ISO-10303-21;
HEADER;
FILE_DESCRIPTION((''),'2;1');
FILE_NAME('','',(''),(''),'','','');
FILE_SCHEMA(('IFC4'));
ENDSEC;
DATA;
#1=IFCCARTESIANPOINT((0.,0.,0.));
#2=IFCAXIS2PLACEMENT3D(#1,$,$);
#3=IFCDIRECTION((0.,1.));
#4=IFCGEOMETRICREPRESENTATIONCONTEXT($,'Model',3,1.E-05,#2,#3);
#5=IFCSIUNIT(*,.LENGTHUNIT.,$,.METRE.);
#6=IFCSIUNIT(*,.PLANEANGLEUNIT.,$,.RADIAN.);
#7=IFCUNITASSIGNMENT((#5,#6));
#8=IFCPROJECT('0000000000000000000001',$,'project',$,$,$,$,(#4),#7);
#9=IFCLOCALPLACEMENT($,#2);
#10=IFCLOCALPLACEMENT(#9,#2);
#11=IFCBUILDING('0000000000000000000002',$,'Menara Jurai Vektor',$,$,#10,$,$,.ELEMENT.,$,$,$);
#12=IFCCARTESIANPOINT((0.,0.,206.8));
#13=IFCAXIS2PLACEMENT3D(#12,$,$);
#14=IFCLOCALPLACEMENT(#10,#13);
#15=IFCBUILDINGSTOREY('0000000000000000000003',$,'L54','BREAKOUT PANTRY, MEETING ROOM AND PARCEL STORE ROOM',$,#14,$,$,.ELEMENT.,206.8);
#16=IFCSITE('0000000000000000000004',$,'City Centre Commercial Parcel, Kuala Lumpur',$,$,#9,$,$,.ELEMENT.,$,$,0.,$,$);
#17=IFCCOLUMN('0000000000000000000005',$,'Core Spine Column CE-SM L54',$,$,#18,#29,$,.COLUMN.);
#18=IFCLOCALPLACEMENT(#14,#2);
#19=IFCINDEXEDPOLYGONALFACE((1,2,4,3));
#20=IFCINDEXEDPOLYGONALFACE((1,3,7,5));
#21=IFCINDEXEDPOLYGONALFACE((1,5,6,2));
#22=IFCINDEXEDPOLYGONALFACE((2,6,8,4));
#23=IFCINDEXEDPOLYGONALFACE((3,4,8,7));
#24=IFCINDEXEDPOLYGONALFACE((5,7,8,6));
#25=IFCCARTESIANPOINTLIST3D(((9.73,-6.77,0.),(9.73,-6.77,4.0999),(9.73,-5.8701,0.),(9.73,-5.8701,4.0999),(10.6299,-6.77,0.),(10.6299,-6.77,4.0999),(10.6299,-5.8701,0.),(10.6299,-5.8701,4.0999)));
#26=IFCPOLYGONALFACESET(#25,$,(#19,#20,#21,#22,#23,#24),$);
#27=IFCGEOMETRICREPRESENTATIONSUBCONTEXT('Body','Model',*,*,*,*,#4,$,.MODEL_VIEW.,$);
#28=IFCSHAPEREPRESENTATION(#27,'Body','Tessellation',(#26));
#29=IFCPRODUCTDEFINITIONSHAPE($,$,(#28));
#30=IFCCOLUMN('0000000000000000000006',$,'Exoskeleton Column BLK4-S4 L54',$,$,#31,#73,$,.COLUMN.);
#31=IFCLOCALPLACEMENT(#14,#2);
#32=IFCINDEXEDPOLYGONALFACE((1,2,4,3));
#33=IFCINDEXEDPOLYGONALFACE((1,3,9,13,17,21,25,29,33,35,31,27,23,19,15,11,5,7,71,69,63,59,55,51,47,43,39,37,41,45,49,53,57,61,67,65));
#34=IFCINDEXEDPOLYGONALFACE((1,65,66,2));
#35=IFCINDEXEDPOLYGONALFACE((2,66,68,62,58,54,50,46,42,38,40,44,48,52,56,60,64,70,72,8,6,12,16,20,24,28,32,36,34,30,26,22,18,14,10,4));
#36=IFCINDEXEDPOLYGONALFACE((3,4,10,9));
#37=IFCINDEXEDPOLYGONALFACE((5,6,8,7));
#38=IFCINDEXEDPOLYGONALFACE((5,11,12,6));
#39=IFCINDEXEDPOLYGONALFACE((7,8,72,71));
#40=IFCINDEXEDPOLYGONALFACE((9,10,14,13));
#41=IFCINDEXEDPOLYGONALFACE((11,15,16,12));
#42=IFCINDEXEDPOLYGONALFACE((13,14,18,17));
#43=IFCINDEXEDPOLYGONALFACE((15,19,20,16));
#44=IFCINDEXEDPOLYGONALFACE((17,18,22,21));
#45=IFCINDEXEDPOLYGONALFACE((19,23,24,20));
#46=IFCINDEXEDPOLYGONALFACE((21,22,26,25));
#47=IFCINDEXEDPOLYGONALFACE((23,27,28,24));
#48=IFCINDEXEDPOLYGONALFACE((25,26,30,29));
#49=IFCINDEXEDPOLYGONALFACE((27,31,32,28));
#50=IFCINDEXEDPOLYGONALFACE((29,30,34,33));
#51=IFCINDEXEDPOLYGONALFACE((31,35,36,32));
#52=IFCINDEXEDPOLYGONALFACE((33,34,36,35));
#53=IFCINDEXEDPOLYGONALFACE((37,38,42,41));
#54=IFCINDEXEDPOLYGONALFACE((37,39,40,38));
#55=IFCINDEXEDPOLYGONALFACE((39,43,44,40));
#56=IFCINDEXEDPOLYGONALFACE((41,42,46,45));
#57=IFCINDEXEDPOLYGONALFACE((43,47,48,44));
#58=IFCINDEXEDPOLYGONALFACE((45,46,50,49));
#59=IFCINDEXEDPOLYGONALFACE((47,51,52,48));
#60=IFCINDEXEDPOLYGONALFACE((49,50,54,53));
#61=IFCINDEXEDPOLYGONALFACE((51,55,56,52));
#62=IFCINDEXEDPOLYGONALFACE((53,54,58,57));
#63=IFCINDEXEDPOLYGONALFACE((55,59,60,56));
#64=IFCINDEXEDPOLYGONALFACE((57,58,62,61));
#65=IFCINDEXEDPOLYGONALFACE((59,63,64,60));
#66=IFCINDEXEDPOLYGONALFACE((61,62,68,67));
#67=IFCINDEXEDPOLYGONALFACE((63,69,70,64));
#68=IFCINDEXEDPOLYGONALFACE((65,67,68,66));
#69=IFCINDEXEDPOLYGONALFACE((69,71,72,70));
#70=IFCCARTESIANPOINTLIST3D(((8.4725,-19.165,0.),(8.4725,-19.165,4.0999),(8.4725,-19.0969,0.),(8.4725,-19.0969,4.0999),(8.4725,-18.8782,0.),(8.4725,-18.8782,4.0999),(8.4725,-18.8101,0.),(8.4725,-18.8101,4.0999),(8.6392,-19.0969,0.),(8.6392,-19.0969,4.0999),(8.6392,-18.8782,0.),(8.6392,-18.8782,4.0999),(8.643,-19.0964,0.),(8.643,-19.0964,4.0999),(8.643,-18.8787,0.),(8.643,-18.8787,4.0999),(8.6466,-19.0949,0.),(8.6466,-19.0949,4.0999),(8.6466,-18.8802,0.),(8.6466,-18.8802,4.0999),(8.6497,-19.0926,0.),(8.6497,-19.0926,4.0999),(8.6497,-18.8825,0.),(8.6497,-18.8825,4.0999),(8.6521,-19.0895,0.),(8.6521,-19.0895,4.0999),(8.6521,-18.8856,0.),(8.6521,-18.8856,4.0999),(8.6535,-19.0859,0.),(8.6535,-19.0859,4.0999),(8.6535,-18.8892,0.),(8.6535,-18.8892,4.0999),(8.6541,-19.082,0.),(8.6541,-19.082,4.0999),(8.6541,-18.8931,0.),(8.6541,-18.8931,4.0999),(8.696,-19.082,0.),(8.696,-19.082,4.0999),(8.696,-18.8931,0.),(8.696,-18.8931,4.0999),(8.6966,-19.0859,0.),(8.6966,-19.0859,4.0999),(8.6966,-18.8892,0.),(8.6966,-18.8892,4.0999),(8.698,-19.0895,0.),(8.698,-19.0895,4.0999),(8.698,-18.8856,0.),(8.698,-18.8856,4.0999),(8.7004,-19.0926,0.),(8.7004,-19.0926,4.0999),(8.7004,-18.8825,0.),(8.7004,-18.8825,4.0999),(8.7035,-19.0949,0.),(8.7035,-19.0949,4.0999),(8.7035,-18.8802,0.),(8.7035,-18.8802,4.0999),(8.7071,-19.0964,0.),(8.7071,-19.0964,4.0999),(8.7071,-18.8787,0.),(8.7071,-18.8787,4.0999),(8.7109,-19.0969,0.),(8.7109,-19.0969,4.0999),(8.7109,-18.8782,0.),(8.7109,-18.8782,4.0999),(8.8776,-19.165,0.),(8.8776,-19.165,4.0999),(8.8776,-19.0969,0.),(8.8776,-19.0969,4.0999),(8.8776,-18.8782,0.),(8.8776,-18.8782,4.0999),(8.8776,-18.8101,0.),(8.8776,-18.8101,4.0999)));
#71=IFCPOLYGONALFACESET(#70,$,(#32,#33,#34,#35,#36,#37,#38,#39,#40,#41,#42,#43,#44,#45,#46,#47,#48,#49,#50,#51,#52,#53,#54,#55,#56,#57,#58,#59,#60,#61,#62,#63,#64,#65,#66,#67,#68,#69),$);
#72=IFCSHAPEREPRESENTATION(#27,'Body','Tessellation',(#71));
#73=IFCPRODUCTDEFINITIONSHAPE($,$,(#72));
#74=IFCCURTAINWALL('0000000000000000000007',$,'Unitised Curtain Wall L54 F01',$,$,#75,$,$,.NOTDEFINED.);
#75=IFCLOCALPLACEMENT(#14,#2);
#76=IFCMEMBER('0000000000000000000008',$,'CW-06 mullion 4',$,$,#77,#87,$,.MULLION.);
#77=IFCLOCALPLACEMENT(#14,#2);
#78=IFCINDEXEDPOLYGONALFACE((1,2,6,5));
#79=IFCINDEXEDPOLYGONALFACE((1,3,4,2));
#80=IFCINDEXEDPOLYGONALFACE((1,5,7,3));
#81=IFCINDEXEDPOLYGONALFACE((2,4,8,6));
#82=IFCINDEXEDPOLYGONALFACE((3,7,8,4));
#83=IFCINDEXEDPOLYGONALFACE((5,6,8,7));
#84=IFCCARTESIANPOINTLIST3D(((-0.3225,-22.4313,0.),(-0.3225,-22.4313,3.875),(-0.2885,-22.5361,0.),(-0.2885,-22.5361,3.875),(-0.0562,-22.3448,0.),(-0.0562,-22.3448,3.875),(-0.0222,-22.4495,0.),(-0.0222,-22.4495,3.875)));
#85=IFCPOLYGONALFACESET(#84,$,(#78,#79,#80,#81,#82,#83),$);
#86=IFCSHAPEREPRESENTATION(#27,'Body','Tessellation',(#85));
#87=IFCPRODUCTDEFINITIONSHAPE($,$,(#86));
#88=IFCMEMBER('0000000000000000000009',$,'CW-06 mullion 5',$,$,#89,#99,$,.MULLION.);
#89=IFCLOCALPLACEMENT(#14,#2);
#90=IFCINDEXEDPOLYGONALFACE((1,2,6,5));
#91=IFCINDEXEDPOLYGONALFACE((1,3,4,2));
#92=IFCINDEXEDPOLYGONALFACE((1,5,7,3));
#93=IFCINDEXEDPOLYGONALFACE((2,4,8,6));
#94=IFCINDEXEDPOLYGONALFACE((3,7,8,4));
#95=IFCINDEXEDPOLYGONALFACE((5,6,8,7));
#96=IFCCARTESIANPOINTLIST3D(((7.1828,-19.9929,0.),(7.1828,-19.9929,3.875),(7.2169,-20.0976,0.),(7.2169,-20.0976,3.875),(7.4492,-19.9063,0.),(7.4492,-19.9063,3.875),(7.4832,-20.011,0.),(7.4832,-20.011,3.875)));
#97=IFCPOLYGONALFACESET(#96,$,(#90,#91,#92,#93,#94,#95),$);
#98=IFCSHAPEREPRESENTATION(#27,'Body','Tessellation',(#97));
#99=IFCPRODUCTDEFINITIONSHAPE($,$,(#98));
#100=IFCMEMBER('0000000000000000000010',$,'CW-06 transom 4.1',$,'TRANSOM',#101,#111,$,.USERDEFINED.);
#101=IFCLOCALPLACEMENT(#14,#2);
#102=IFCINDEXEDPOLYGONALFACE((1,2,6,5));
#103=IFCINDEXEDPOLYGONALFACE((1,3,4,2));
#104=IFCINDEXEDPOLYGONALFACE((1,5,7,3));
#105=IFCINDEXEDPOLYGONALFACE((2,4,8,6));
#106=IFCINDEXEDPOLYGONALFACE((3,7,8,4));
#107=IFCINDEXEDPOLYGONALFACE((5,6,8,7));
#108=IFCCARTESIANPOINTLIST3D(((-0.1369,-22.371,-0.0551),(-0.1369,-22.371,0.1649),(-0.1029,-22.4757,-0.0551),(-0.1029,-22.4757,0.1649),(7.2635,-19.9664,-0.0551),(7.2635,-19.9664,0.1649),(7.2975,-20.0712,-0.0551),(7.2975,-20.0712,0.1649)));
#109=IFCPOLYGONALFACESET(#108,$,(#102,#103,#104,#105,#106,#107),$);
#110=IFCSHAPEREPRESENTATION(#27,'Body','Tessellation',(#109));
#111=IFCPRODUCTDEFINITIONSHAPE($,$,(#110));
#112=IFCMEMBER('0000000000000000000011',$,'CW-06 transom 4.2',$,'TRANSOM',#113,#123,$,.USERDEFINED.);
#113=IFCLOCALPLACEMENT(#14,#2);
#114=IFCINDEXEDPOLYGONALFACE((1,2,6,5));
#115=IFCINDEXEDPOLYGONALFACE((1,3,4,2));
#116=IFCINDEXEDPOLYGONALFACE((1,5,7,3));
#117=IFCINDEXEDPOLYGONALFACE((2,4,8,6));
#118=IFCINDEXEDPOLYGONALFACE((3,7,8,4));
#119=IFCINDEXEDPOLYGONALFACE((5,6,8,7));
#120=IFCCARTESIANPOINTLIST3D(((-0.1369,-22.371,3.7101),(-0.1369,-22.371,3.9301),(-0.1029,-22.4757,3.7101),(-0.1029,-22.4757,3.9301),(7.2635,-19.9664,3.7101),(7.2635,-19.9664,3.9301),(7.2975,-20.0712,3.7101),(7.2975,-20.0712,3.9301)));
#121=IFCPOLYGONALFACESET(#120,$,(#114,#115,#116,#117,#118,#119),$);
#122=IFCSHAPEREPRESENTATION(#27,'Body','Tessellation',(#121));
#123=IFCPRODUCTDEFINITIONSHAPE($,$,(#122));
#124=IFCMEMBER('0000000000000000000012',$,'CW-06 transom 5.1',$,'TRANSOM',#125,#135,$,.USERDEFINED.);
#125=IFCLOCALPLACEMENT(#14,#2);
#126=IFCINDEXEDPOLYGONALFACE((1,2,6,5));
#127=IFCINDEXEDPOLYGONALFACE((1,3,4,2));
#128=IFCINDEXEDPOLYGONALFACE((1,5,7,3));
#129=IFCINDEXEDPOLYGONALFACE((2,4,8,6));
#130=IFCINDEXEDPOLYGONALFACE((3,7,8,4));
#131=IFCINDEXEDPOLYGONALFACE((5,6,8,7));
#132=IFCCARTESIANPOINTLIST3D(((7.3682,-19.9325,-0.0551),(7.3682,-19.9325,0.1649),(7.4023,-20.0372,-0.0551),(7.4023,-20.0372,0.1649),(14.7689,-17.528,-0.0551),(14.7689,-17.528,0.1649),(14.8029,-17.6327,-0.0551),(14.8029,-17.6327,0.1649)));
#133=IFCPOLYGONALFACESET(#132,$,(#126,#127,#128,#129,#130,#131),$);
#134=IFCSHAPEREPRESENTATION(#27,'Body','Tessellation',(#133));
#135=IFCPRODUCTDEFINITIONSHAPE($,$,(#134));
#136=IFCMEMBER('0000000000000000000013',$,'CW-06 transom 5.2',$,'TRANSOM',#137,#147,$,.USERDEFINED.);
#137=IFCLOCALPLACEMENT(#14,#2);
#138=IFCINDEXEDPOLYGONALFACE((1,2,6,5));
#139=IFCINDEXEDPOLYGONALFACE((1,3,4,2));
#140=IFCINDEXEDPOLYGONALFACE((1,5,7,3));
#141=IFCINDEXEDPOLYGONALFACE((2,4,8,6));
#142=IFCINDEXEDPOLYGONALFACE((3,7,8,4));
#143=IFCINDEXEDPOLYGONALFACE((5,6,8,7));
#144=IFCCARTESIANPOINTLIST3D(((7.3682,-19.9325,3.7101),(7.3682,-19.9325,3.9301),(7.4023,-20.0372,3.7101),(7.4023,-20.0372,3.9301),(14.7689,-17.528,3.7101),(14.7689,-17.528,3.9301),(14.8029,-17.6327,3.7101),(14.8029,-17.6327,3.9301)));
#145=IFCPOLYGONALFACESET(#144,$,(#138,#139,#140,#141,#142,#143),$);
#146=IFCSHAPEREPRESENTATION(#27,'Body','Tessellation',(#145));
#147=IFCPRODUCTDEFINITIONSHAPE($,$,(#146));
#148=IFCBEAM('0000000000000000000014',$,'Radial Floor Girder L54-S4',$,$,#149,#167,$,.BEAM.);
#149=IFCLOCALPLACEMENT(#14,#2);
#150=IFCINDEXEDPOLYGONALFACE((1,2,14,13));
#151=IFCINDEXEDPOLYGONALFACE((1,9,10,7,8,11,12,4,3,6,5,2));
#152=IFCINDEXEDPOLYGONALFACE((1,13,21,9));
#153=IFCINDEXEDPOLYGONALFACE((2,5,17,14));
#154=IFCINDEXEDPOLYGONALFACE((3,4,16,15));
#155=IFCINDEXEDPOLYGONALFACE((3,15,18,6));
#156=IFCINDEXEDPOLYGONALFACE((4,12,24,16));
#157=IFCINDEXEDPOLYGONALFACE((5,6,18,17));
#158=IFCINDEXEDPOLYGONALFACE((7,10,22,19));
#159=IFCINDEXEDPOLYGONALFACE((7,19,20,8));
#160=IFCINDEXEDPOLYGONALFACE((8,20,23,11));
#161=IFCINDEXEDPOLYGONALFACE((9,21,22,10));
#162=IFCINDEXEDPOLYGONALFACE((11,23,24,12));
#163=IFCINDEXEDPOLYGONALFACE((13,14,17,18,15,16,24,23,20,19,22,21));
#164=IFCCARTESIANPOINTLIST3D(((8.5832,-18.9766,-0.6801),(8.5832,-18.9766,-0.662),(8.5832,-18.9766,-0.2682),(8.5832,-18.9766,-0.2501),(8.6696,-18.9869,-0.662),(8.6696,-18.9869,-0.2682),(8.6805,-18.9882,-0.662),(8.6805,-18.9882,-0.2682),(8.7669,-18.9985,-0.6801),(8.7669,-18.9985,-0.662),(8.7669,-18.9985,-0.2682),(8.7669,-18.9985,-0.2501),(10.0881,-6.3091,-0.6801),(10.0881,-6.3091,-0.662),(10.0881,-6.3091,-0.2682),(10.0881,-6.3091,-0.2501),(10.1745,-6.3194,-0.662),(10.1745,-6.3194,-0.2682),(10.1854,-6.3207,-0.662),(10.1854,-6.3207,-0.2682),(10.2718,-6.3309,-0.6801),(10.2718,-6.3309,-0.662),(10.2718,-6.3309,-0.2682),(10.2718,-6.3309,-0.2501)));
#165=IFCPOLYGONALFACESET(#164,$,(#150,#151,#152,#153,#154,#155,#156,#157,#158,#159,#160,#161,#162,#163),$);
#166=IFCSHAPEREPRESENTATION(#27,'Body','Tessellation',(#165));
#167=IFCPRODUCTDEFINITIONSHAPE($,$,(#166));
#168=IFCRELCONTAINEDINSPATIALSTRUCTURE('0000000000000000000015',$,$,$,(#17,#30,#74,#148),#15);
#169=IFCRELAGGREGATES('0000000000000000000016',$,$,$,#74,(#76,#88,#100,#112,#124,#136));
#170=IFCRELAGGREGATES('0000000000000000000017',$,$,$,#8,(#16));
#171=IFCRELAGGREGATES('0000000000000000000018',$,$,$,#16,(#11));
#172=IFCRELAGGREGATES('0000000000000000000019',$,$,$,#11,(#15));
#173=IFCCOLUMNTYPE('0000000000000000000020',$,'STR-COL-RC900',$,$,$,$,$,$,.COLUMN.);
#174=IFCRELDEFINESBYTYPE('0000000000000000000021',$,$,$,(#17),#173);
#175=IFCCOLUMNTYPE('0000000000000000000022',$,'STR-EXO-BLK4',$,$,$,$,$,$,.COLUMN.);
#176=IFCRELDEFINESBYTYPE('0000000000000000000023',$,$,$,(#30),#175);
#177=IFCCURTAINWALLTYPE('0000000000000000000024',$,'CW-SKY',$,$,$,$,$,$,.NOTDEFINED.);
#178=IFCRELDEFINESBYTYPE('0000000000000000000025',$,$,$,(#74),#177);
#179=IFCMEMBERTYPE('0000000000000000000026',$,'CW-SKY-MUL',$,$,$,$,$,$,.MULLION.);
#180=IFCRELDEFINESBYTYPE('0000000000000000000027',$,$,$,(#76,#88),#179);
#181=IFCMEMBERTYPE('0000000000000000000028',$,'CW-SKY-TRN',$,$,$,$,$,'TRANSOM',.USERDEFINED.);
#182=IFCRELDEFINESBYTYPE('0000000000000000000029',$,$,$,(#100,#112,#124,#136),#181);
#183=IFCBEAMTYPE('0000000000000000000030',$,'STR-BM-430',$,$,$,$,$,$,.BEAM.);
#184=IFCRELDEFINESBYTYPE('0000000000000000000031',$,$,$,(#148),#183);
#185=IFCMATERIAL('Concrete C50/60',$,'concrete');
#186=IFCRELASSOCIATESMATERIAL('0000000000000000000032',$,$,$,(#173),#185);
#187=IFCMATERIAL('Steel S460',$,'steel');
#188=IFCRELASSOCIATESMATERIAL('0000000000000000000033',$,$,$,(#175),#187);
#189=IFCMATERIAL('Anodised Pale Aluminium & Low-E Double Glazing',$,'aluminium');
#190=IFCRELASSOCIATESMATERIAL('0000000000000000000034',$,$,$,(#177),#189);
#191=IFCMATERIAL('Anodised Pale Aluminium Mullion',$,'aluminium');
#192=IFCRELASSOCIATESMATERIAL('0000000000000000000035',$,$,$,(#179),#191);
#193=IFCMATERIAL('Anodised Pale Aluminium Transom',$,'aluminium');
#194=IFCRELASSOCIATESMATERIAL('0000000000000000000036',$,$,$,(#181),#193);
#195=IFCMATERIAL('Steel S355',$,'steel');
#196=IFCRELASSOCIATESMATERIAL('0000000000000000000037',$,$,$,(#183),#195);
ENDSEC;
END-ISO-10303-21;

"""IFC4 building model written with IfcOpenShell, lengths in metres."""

from ifc_helpers import new_model, si_unit, direction, frame, origin, origin_2d, place, context, subcontext, project, spatial, rectangle, i_section, extrude, material, material_profile, profile_set, type_object, element, aggregate, save


model = new_model("IFC4")

# Units and contexts
model_context = context("Model", 3, precision=1e-05, world=origin(), true_north=direction((0.0, 1.0)))
body_context = subcontext(model_context, "Body", "Model", "MODEL_VIEW")
ifc_project = project(units=[si_unit("LENGTHUNIT", "METRE"), si_unit("PLANEANGLEUNIT", "RADIAN")], contexts=[model_context])

# Site, building, storey
site_placement = place(None, origin())
site = spatial("IfcSite", under=ifc_project, at=site_placement, Name="City Centre Commercial Parcel, Kuala Lumpur", CompositionType="ELEMENT", RefElevation=0.0)
building_placement = place(site_placement, origin())
building = spatial("IfcBuilding", under=site, at=building_placement, Name="Menara Jurai Vektor", CompositionType="ELEMENT")
storey_placement = place(building_placement, frame((0.0, 0.0, 206.8)))
storey = spatial("IfcBuildingStorey", under=building, at=storey_placement, Name="L54", Description="BREAKOUT PANTRY, MEETING ROOM AND PARCEL STORE ROOM", CompositionType="ELEMENT", Elevation=206.8)

# Columns
ifc_material_1 = material(Name="Concrete C50/60", Category="concrete")
ifc_material_profile_1 = material_profile(ifc_material_1, rectangle(XDim=0.8999, YDim=0.8999, at=origin_2d()), Name="RC 900x900")
ifc_profile_set_1 = profile_set([ifc_material_profile_1], Name="Concrete C50/60")
column_type_1 = type_object("IfcColumnType", Name="STR-COL-RC900", PredefinedType="COLUMN", material=ifc_profile_set_1)
column_1_placement = place(storey_placement, frame((10.1799, -6.3201, 0.0), z_axis=(0.0, 0.0, 1.0), x_axis=(1.0, 0.0, 0.0)))
element("IfcColumn", 1, at=column_1_placement, inside=storey, type_object=column_type_1, Name="Core Spine Column CE-SM L54", PredefinedType="COLUMN", context=body_context, shape_type="SweptSolid", body=[
    extrude(rectangle(XDim=0.8999, YDim=0.8999, at=origin_2d()), origin(), (0.0, 0.0, 1.0), 4.0999),
])
ifc_material_2 = material(Name="Steel S460", Category="steel")
ifc_material_profile_2 = material_profile(ifc_material_2, i_section(OverallWidth=0.405, OverallDepth=0.355, WebThickness=0.042, FlangeThickness=0.0681, FilletRadius=0.0149, at=origin_2d()), Name="HD 400x551")
ifc_profile_set_2 = profile_set([ifc_material_profile_2], Name="Steel S460")
column_type_2 = type_object("IfcColumnType", Name="STR-EXO-BLK4", PredefinedType="COLUMN", material=ifc_profile_set_2)
column_2_placement = place(storey_placement, frame((8.675, -18.9875, 0.0), z_axis=(0.0, 0.0, 1.0), x_axis=(1.0, 0.0, 0.0)))
element("IfcColumn", 2, at=column_2_placement, inside=storey, type_object=column_type_2, Name="Exoskeleton Column BLK4-S4 L54", PredefinedType="COLUMN", context=body_context, shape_type="SweptSolid", body=[
    extrude(i_section(OverallWidth=0.405, OverallDepth=0.355, WebThickness=0.042, FlangeThickness=0.0681, FilletRadius=0.0149, at=origin_2d()), origin(), (0.0, 0.0, 1.0), 4.0999),
])

# Curtain wall, members
ifc_material_3 = material(Name="Anodised Pale Aluminium & Low-E Double Glazing", Category="aluminium")
curtain_wall_type = type_object("IfcCurtainWallType", Name="CW-SKY", PredefinedType="NOTDEFINED", material=ifc_material_3)
curtain_wall_placement = place(storey_placement, origin())
curtain_wall = element("IfcCurtainWall", 3, at=curtain_wall_placement, inside=storey, type_object=curtain_wall_type, Name="Unitised Curtain Wall L54 F01", PredefinedType="NOTDEFINED")
ifc_material_4 = material(Name="Anodised Pale Aluminium Mullion", Category="aluminium")
ifc_material_profile_3 = material_profile(ifc_material_4, rectangle(XDim=0.1101, YDim=0.28, at=origin_2d()), Name="ALU MUL 110x280")
ifc_profile_set_3 = profile_set([ifc_material_profile_3], Name="Anodised Pale Aluminium Mullion")
member_type_1 = type_object("IfcMemberType", Name="CW-SKY-MUL", PredefinedType="MULLION", material=ifc_profile_set_3)
member_1_placement = place(storey_placement, frame((-0.1724, -22.4404, 0.0), z_axis=(0.0, 0.0, 1.0), x_axis=(-0.309017, 0.951056, 0.0)))
member_1 = element("IfcMember", 4, at=member_1_placement, type_object=member_type_1, Name="CW-06 mullion 4", PredefinedType="MULLION", context=body_context, shape_type="SweptSolid", body=[
    extrude(rectangle(XDim=0.1101, YDim=0.28, at=origin_2d()), origin(), (0.0, 0.0, 1.0), 3.875),
])
member_2_placement = place(storey_placement, frame((7.333, -20.002, 0.0), z_axis=(0.0, 0.0, 1.0), x_axis=(-0.309017, 0.951056, 0.0)))
member_2 = element("IfcMember", 5, at=member_2_placement, type_object=member_type_1, Name="CW-06 mullion 5", PredefinedType="MULLION", context=body_context, shape_type="SweptSolid", body=[
    extrude(rectangle(XDim=0.1101, YDim=0.28, at=origin_2d()), origin(), (0.0, 0.0, 1.0), 3.875),
])
ifc_material_5 = material(Name="Anodised Pale Aluminium Transom", Category="aluminium")
ifc_material_profile_4 = material_profile(ifc_material_5, rectangle(XDim=0.1101, YDim=0.22, at=origin_2d()), Name="ALU TRN 110x220")
ifc_profile_set_4 = profile_set([ifc_material_profile_4], Name="Anodised Pale Aluminium Transom")
member_type_2 = type_object("IfcMemberType", Name="CW-SKY-TRN", ElementType="TRANSOM", PredefinedType="USERDEFINED", material=ifc_profile_set_4)
member_3_placement = place(storey_placement, frame((-0.1199, -22.4233, 0.0549), z_axis=(0.951056, 0.309018, 0.0), x_axis=(-0.309018, 0.951056, 0.0)))
member_3 = element("IfcMember", 6, at=member_3_placement, type_object=member_type_2, Name="CW-06 transom 4.1", ObjectType="TRANSOM", PredefinedType="USERDEFINED", context=body_context, shape_type="SweptSolid", body=[
    extrude(rectangle(XDim=0.1101, YDim=0.22, at=origin_2d()), origin(), (0.0, 0.0, 1.0), 7.7812),
])
member_4_placement = place(storey_placement, frame((-0.1199, -22.4233, 3.8201), z_axis=(0.951056, 0.309018, 0.0), x_axis=(-0.309018, 0.951056, 0.0)))
member_4 = element("IfcMember", 7, at=member_4_placement, type_object=member_type_2, Name="CW-06 transom 4.2", ObjectType="TRANSOM", PredefinedType="USERDEFINED", context=body_context, shape_type="SweptSolid", body=[
    extrude(rectangle(XDim=0.1101, YDim=0.22, at=origin_2d()), origin(), (0.0, 0.0, 1.0), 7.7812),
])
member_5_placement = place(storey_placement, frame((7.3853, -19.9849, 0.0549), z_axis=(0.951059, 0.309009, 0.0), x_axis=(-0.309009, 0.951059, 0.0)))
member_5 = element("IfcMember", 8, at=member_5_placement, type_object=member_type_2, Name="CW-06 transom 5.1", ObjectType="TRANSOM", PredefinedType="USERDEFINED", context=body_context, shape_type="SweptSolid", body=[
    extrude(rectangle(XDim=0.1101, YDim=0.22, at=origin_2d()), origin(), (0.0, 0.0, 1.0), 7.7815),
])
member_6_placement = place(storey_placement, frame((7.3853, -19.9849, 3.8201), z_axis=(0.951059, 0.309009, 0.0), x_axis=(-0.309009, 0.951059, 0.0)))
member_6 = element("IfcMember", 9, at=member_6_placement, type_object=member_type_2, Name="CW-06 transom 5.2", ObjectType="TRANSOM", PredefinedType="USERDEFINED", context=body_context, shape_type="SweptSolid", body=[
    extrude(rectangle(XDim=0.1101, YDim=0.22, at=origin_2d()), origin(), (0.0, 0.0, 1.0), 7.7815),
])

# Beam
ifc_material_6 = material(Name="Steel S355", Category="steel")
ifc_material_profile_5 = material_profile(ifc_material_6, i_section(OverallWidth=0.1851, OverallDepth=0.4299, WebThickness=0.011, FlangeThickness=0.0181, at=origin_2d()), Name="PG 430x185x76")
ifc_profile_set_5 = profile_set([ifc_material_profile_5], Name="Steel S355")
beam_type_1 = type_object("IfcBeamType", Name="STR-BM-430", PredefinedType="BEAM", material=ifc_profile_set_5)
beam_1_placement = place(storey_placement, frame((8.675, -18.9875, -0.4651), z_axis=(0.117969, 0.993017, 0.0), x_axis=(-0.993017, 0.117969, 0.0)))
element("IfcBeam", 10, at=beam_1_placement, inside=storey, type_object=beam_type_1, Name="Radial Floor Girder L54-S4", PredefinedType="BEAM", context=body_context, shape_type="SweptSolid", body=[
    extrude(i_section(OverallWidth=0.1851, OverallDepth=0.4299, WebThickness=0.011, FlangeThickness=0.0181, at=origin_2d()), origin(), (0.0, 0.0, 1.0), 12.7566),
])

aggregate(curtain_wall, [member_1, member_2, member_3, member_4, member_5, member_6])

save(model, "model.ifc")
